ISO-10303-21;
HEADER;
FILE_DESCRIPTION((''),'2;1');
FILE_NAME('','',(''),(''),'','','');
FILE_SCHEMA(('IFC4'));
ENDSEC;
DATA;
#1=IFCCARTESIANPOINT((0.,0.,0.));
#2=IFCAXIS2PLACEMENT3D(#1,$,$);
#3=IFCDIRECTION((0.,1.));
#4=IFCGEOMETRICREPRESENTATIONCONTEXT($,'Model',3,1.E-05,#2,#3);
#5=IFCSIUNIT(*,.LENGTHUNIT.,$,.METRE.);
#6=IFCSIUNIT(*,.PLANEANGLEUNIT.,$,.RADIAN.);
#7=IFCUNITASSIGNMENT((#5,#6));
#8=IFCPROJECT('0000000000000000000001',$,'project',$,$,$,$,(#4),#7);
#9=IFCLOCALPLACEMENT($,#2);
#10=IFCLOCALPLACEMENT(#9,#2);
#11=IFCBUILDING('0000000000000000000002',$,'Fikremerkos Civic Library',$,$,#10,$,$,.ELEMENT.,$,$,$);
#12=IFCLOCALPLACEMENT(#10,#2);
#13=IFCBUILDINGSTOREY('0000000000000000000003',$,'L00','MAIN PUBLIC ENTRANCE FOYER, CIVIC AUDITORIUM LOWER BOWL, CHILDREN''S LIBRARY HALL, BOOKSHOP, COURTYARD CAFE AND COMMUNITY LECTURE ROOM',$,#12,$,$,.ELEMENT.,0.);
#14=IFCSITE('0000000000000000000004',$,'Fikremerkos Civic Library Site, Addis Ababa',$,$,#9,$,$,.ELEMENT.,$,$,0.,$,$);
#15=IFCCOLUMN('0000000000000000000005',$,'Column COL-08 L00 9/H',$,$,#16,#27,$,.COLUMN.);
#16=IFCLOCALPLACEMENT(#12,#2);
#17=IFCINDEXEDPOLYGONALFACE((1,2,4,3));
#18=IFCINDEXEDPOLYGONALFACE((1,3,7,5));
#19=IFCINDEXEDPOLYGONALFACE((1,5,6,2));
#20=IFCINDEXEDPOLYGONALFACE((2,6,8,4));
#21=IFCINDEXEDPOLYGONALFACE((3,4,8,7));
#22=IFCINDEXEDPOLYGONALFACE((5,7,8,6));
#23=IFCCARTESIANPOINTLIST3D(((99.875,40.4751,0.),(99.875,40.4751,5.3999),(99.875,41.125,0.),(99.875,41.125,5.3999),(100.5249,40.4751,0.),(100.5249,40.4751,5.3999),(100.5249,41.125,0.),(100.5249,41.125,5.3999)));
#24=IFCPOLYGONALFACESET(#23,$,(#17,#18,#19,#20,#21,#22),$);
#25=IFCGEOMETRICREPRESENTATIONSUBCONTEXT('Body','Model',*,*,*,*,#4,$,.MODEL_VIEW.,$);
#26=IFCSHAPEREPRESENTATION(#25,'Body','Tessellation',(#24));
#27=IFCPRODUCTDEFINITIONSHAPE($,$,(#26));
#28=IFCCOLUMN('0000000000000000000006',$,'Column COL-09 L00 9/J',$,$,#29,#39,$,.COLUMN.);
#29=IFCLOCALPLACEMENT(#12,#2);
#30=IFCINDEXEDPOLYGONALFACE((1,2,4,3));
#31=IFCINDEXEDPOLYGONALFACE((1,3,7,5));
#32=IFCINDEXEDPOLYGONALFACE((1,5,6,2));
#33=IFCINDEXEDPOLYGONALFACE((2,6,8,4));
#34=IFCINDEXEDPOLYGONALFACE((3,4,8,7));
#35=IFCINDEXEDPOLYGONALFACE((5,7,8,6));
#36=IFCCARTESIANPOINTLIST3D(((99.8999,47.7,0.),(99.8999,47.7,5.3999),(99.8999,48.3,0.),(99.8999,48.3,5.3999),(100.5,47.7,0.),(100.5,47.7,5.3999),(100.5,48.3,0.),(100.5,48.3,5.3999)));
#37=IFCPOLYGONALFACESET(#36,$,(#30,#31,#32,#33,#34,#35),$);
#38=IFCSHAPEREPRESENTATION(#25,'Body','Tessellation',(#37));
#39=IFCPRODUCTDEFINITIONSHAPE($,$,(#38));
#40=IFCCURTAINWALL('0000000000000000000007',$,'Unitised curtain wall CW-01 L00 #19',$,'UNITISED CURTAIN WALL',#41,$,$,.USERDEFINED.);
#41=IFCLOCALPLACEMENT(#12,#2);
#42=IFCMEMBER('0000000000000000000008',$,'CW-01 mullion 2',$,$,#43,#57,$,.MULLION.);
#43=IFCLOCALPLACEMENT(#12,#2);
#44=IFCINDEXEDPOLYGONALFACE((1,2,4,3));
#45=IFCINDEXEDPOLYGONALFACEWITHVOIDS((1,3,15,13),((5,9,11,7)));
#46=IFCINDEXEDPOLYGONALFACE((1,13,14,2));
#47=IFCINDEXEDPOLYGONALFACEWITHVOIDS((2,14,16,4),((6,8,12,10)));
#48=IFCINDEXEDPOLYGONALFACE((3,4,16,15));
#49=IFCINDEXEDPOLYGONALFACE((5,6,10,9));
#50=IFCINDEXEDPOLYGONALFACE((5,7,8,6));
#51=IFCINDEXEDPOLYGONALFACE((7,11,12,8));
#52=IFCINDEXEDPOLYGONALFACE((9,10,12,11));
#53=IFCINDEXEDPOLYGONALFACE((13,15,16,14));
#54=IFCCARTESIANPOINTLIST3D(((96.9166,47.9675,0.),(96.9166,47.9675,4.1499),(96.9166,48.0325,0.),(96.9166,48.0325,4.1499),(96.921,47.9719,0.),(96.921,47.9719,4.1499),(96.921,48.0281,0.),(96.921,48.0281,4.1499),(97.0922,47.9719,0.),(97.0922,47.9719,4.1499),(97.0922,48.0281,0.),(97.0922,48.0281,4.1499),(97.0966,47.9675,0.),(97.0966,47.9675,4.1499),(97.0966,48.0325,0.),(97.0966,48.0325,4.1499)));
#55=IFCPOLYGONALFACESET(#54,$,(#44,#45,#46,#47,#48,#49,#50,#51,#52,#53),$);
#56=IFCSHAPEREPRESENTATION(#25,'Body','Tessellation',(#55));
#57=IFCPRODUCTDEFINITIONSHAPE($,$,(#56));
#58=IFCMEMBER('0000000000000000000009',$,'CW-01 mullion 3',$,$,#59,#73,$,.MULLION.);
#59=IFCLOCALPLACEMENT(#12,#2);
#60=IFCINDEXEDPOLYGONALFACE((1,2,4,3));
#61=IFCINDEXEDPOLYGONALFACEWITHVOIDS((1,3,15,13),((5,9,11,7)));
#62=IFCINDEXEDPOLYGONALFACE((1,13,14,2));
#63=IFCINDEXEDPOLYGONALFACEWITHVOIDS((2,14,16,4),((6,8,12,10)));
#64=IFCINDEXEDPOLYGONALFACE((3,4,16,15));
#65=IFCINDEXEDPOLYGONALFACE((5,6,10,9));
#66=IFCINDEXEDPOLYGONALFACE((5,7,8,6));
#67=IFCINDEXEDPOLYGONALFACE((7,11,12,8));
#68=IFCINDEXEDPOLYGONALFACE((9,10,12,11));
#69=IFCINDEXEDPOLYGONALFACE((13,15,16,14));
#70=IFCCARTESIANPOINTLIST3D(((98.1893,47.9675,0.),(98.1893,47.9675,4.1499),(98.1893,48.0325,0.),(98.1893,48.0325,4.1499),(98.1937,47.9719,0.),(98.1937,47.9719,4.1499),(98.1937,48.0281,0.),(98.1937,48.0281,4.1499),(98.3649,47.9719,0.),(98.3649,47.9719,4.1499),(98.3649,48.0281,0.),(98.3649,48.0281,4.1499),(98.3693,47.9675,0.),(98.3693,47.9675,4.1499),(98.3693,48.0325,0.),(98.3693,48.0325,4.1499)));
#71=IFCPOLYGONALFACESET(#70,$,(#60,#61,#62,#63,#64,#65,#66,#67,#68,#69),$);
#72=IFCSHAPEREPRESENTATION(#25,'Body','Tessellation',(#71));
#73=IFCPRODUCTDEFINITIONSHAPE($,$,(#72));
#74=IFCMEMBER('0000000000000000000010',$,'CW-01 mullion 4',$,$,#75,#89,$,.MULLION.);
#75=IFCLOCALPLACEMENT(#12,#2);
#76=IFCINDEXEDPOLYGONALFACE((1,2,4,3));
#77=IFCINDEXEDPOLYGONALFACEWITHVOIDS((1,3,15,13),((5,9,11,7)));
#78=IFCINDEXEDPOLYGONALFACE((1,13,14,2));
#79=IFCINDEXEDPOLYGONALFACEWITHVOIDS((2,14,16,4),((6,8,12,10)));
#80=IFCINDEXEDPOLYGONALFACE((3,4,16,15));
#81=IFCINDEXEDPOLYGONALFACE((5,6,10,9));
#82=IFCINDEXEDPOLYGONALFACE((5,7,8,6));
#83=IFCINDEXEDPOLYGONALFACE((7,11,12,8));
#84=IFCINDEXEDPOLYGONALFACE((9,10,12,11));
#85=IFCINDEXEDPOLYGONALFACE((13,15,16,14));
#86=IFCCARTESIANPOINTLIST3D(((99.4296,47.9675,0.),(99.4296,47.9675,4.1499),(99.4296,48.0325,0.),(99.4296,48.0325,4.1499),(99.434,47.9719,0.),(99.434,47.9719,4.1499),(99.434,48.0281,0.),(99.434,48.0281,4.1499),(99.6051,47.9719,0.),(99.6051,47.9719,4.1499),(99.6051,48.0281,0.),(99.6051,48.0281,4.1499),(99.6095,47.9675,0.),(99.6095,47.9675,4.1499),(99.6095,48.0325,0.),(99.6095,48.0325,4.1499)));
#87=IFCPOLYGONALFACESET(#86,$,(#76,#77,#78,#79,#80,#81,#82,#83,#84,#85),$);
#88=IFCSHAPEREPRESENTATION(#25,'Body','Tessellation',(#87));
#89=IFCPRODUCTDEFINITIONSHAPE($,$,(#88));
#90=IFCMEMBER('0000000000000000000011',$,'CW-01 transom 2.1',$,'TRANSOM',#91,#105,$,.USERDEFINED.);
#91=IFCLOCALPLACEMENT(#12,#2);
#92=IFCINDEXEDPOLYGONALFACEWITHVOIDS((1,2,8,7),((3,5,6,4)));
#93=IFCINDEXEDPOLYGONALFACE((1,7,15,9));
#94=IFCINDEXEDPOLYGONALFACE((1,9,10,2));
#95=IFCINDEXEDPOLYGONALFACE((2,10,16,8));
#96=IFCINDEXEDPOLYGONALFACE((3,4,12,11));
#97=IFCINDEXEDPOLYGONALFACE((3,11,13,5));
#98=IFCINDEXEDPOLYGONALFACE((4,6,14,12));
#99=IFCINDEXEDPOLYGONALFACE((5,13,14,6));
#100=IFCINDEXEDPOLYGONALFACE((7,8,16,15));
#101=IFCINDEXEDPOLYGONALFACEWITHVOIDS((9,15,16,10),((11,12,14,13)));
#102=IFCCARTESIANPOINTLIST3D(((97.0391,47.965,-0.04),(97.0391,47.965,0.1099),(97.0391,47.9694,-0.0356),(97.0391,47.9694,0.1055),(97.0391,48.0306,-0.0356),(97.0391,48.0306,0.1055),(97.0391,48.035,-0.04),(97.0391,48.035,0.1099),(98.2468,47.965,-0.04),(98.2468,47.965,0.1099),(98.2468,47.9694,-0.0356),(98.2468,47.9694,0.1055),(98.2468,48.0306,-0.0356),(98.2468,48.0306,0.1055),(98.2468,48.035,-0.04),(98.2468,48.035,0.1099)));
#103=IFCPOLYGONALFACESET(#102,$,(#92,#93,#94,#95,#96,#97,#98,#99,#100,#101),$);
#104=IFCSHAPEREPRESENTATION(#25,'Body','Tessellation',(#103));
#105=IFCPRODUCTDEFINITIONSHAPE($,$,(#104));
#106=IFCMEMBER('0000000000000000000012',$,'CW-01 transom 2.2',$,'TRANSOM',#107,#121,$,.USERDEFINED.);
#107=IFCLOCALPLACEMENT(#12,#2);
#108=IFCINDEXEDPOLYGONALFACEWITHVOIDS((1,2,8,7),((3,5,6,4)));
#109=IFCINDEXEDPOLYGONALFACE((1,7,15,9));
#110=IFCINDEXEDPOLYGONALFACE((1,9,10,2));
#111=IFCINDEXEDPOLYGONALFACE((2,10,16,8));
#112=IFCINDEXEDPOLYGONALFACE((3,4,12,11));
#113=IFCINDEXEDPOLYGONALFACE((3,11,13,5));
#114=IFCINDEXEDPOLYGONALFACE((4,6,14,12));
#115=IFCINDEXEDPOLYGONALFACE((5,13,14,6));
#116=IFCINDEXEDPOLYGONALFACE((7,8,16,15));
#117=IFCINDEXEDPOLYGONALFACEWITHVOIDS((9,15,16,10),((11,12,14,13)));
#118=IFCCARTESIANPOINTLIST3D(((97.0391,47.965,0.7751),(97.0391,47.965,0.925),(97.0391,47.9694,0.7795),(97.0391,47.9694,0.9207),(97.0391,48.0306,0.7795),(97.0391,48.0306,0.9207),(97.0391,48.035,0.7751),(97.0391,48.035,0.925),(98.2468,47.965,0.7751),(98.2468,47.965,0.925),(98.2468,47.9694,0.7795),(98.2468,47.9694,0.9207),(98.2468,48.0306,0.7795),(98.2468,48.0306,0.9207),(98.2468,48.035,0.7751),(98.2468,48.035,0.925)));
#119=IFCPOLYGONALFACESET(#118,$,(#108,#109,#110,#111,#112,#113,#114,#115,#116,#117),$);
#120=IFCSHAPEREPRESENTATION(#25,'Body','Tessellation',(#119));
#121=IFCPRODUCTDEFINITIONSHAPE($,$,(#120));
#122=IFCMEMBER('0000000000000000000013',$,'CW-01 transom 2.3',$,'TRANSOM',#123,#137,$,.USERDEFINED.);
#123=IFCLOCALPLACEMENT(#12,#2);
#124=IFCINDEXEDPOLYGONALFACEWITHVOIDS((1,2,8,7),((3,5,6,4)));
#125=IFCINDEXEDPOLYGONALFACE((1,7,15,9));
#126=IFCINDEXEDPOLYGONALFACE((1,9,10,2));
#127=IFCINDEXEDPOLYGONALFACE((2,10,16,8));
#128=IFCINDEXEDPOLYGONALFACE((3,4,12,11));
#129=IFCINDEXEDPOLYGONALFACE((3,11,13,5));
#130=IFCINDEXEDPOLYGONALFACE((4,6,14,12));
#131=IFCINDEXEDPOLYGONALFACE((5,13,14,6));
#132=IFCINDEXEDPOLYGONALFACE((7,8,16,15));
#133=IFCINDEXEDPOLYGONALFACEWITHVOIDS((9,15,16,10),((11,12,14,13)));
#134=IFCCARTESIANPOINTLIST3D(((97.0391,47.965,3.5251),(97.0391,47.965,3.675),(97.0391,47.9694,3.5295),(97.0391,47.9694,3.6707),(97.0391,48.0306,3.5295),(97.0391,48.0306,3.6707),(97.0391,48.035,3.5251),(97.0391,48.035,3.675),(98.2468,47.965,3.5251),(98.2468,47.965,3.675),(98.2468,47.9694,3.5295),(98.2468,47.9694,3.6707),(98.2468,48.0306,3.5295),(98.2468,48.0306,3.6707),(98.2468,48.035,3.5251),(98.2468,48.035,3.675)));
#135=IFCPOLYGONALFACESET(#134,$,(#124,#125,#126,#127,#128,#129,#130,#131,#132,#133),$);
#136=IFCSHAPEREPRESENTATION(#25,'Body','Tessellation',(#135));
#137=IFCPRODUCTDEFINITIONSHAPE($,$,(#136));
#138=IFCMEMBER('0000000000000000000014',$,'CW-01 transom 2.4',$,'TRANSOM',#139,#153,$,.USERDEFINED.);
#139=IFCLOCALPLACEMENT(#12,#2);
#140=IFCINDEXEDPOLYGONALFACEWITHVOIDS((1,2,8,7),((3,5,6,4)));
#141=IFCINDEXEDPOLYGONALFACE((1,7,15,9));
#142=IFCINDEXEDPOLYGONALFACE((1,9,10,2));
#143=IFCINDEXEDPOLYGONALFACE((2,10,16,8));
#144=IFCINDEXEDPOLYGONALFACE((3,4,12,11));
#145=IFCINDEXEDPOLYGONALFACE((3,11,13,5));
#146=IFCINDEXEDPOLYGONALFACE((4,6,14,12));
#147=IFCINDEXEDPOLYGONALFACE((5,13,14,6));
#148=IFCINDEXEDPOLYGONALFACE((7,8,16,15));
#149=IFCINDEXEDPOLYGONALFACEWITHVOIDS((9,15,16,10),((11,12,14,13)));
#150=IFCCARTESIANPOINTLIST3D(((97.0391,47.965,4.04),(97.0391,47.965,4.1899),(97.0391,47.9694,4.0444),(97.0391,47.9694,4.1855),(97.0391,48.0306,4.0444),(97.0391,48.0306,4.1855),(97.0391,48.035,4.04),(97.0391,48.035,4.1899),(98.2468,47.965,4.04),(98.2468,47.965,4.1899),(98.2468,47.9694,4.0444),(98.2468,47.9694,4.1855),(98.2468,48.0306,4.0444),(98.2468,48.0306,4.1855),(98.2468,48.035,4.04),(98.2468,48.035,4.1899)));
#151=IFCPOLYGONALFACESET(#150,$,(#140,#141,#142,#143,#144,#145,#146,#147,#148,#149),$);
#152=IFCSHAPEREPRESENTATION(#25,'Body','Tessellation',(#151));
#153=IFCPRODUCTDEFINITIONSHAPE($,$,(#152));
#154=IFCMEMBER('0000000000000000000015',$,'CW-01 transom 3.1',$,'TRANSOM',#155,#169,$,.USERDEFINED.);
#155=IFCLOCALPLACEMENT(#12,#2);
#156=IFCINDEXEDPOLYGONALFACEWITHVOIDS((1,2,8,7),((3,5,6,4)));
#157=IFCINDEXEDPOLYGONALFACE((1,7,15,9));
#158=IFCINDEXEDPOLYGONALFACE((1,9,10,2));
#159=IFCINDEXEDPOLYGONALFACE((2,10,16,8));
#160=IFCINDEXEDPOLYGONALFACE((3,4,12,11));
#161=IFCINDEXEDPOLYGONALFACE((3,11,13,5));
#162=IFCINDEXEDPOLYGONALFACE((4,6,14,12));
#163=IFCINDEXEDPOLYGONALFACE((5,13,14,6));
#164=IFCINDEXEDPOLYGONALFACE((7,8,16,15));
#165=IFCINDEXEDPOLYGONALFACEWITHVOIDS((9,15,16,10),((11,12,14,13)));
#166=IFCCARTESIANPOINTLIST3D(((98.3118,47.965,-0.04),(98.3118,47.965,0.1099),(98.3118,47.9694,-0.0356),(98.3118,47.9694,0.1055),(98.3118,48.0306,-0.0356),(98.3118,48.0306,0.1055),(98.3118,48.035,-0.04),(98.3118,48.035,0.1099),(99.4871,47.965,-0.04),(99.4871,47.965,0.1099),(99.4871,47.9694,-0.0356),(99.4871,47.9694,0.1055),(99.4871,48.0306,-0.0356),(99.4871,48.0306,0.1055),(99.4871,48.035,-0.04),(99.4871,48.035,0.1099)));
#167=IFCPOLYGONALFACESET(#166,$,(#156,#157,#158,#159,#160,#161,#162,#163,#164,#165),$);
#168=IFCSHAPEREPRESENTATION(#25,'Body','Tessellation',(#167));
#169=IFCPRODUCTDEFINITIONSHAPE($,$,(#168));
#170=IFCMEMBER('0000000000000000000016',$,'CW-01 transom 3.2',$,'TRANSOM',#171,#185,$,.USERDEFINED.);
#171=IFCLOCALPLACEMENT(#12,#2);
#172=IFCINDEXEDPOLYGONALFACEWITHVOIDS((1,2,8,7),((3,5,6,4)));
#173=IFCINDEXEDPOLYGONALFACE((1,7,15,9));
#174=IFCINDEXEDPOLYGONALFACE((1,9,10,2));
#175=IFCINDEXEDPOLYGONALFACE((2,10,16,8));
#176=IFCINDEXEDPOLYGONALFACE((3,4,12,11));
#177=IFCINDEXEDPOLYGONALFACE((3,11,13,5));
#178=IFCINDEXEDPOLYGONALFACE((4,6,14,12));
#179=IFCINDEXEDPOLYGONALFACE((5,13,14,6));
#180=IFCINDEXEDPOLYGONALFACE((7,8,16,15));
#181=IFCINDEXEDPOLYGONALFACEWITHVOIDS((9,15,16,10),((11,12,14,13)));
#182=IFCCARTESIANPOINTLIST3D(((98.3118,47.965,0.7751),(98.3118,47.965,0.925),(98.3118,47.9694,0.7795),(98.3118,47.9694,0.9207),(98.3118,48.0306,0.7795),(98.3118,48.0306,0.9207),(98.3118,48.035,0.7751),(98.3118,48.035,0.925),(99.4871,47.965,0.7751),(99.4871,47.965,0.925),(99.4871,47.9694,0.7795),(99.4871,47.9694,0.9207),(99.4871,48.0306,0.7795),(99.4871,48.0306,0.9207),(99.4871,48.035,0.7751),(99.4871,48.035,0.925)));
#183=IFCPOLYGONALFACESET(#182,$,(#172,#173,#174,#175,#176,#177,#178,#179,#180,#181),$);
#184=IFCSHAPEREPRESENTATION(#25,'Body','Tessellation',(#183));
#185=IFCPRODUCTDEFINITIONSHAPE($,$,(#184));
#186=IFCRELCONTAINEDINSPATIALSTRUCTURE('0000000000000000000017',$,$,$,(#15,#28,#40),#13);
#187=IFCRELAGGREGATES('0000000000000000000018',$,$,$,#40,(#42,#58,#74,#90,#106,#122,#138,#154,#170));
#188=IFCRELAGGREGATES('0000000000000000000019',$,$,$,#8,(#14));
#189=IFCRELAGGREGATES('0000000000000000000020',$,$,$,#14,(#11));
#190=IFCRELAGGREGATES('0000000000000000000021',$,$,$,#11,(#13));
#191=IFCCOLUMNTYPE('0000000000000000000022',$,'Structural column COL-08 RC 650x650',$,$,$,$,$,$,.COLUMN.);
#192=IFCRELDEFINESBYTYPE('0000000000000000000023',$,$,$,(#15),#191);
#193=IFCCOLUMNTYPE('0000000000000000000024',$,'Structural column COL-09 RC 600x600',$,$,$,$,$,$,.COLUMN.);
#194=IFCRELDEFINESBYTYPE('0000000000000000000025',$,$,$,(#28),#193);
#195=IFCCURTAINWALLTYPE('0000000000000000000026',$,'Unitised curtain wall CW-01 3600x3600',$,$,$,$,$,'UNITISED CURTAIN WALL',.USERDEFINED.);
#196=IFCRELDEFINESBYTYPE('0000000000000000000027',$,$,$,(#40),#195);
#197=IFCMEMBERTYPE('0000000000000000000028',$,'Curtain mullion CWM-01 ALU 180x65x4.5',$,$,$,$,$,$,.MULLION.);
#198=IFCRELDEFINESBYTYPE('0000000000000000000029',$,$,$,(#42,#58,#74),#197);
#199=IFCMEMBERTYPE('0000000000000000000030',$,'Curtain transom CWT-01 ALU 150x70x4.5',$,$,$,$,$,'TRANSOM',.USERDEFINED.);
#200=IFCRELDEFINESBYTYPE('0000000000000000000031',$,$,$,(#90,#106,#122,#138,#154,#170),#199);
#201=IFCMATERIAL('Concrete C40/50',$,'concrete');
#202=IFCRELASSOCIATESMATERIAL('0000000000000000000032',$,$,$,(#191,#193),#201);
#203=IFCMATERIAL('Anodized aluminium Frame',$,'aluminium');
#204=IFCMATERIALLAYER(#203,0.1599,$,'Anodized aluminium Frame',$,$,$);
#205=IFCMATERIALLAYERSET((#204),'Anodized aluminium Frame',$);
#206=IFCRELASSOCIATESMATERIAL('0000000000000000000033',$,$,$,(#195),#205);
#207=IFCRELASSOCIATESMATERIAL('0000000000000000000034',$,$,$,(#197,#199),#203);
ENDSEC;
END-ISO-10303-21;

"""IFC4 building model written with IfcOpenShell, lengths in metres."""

from ifc_helpers import new_model, si_unit, direction, frame, origin, origin_2d, place, context, subcontext, project, spatial, rectangle, hollow_rectangle, extrude, material, layer, layer_set, material_profile, profile_set, type_object, element, aggregate, save


model = new_model("IFC4")

# Units and contexts
model_context = context("Model", 3, precision=1e-05, world=origin(), true_north=direction((0.0, 1.0)))
body_context = subcontext(model_context, "Body", "Model", "MODEL_VIEW")
ifc_project = project(units=[si_unit("LENGTHUNIT", "METRE"), si_unit("PLANEANGLEUNIT", "RADIAN")], contexts=[model_context])

# Site, building, storey
site_placement = place(None, origin())
site = spatial("IfcSite", under=ifc_project, at=site_placement, Name="Fikremerkos Civic Library Site, Addis Ababa", CompositionType="ELEMENT", RefElevation=0.0)
building_placement = place(site_placement, origin())
building = spatial("IfcBuilding", under=site, at=building_placement, Name="Fikremerkos Civic Library", CompositionType="ELEMENT")
storey_placement = place(building_placement, origin())
storey = spatial("IfcBuildingStorey", under=building, at=storey_placement, Name="L00", Description="MAIN PUBLIC ENTRANCE FOYER, CIVIC AUDITORIUM LOWER BOWL, CHILDREN'S LIBRARY HALL, BOOKSHOP, COURTYARD CAFE AND COMMUNITY LECTURE ROOM", CompositionType="ELEMENT", Elevation=0.0)

# Columns
ifc_material_1 = material(Name="Concrete C40/50", Category="concrete")
ifc_material_profile_1 = material_profile(ifc_material_1, rectangle(XDim=0.6499, YDim=0.6499, at=origin_2d()), Name="RC 650x650")
ifc_profile_set_1 = profile_set([ifc_material_profile_1], Name="Concrete C40/50")
column_type_1 = type_object("IfcColumnType", Name="Structural column COL-08 RC 650x650", PredefinedType="COLUMN", material=ifc_profile_set_1)
column_1_placement = place(storey_placement, frame((100.2, 40.8, 0.0), z_axis=(0.0, 0.0, 1.0), x_axis=(1.0, 0.0, 0.0)))
element("IfcColumn", 1, at=column_1_placement, inside=storey, type_object=column_type_1, Name="Column COL-08 L00 9/H", PredefinedType="COLUMN", context=body_context, shape_type="SweptSolid", body=[
    extrude(rectangle(XDim=0.6499, YDim=0.6499, at=origin_2d()), origin(), (0.0, 0.0, 1.0), 5.3999),
])
ifc_material_profile_2 = material_profile(ifc_material_1, rectangle(XDim=0.6001, YDim=0.6001, at=origin_2d()), Name="RC 600x600")
ifc_profile_set_2 = profile_set([ifc_material_profile_2], Name="Concrete C40/50")
column_type_2 = type_object("IfcColumnType", Name="Structural column COL-09 RC 600x600", PredefinedType="COLUMN", material=ifc_profile_set_2)
column_2_placement = place(storey_placement, frame((100.2, 48.0, 0.0), z_axis=(0.0, 0.0, 1.0), x_axis=(1.0, 0.0, 0.0)))
element("IfcColumn", 2, at=column_2_placement, inside=storey, type_object=column_type_2, Name="Column COL-09 L00 9/J", PredefinedType="COLUMN", context=body_context, shape_type="SweptSolid", body=[
    extrude(rectangle(XDim=0.6001, YDim=0.6001, at=origin_2d()), origin(), (0.0, 0.0, 1.0), 5.3999),
])

# Curtain wall, members
ifc_material_2 = material(Name="Anodized aluminium Frame", Category="aluminium")
ifc_layer_1 = layer(ifc_material_2, 0.1599, Name="Anodized aluminium Frame")
ifc_layer_set_1 = layer_set([ifc_layer_1], Name="Anodized aluminium Frame")
curtain_wall_type = type_object("IfcCurtainWallType", Name="Unitised curtain wall CW-01 3600x3600", ElementType="UNITISED CURTAIN WALL", PredefinedType="USERDEFINED", material=ifc_layer_set_1)
curtain_wall_placement = place(storey_placement, origin())
curtain_wall = element("IfcCurtainWall", 3, at=curtain_wall_placement, inside=storey, type_object=curtain_wall_type, Name="Unitised curtain wall CW-01 L00 #19", ObjectType="UNITISED CURTAIN WALL", PredefinedType="USERDEFINED")
ifc_material_profile_3 = material_profile(ifc_material_2, hollow_rectangle(XDim=0.0649, YDim=0.1799, WallThickness=0.0044, at=origin_2d()), Name="ALU 180x65x4.5")
ifc_profile_set_3 = profile_set([ifc_material_profile_3], Name="Anodized aluminium Frame")
member_type_1 = type_object("IfcMemberType", Name="Curtain mullion CWM-01 ALU 180x65x4.5", PredefinedType="MULLION", material=ifc_profile_set_3)
member_1_placement = place(storey_placement, frame((97.0066, 48.0, 0.0), z_axis=(0.0, 0.0, 1.0), x_axis=(0.0, 1.0, 0.0)))
member_1 = element("IfcMember", 4, at=member_1_placement, type_object=member_type_1, Name="CW-01 mullion 2", PredefinedType="MULLION", context=body_context, shape_type="SweptSolid", body=[
    extrude(hollow_rectangle(XDim=0.0649, YDim=0.1799, WallThickness=0.0044, at=origin_2d()), origin(), (0.0, 0.0, 1.0), 4.1499),
])
member_2_placement = place(storey_placement, frame((98.2793, 48.0, 0.0), z_axis=(0.0, 0.0, 1.0), x_axis=(0.0, 1.0, 0.0)))
member_2 = element("IfcMember", 5, at=member_2_placement, type_object=member_type_1, Name="CW-01 mullion 3", PredefinedType="MULLION", context=body_context, shape_type="SweptSolid", body=[
    extrude(hollow_rectangle(XDim=0.0649, YDim=0.1799, WallThickness=0.0044, at=origin_2d()), origin(), (0.0, 0.0, 1.0), 4.1499),
])
member_3_placement = place(storey_placement, frame((99.5195, 48.0, 0.0), z_axis=(0.0, 0.0, 1.0), x_axis=(0.0, 1.0, 0.0)))
member_3 = element("IfcMember", 6, at=member_3_placement, type_object=member_type_1, Name="CW-01 mullion 4", PredefinedType="MULLION", context=body_context, shape_type="SweptSolid", body=[
    extrude(hollow_rectangle(XDim=0.0649, YDim=0.1799, WallThickness=0.0044, at=origin_2d()), origin(), (0.0, 0.0, 1.0), 4.1499),
])
ifc_material_profile_4 = material_profile(ifc_material_2, hollow_rectangle(XDim=0.0701, YDim=0.1499, WallThickness=0.0044, at=origin_2d()), Name="ALU 150x70x4.5")
ifc_profile_set_4 = profile_set([ifc_material_profile_4], Name="Anodized aluminium Frame")
member_type_2 = type_object("IfcMemberType", Name="Curtain transom CWT-01 ALU 150x70x4.5", ElementType="TRANSOM", PredefinedType="USERDEFINED", material=ifc_profile_set_4)
member_4_placement = place(storey_placement, frame((97.0391, 48.0, 0.0349), z_axis=(1.0, 0.0, 0.0), x_axis=(0.0, 1.0, 0.0)))
member_4 = element("IfcMember", 7, at=member_4_placement, type_object=member_type_2, Name="CW-01 transom 2.1", ObjectType="TRANSOM", PredefinedType="USERDEFINED", context=body_context, shape_type="SweptSolid", body=[
    extrude(hollow_rectangle(XDim=0.0701, YDim=0.1499, WallThickness=0.0044, at=origin_2d()), origin(), (0.0, 0.0, 1.0), 1.2078),
])
member_5_placement = place(storey_placement, frame((97.0391, 48.0, 0.8501), z_axis=(1.0, 0.0, 0.0), x_axis=(0.0, 1.0, 0.0)))
member_5 = element("IfcMember", 8, at=member_5_placement, type_object=member_type_2, Name="CW-01 transom 2.2", ObjectType="TRANSOM", PredefinedType="USERDEFINED", context=body_context, shape_type="SweptSolid", body=[
    extrude(hollow_rectangle(XDim=0.0701, YDim=0.1499, WallThickness=0.0044, at=origin_2d()), origin(), (0.0, 0.0, 1.0), 1.2078),
])
member_6_placement = place(storey_placement, frame((97.0391, 48.0, 3.6001), z_axis=(1.0, 0.0, 0.0), x_axis=(0.0, 1.0, 0.0)))
member_6 = element("IfcMember", 9, at=member_6_placement, type_object=member_type_2, Name="CW-01 transom 2.3", ObjectType="TRANSOM", PredefinedType="USERDEFINED", context=body_context, shape_type="SweptSolid", body=[
    extrude(hollow_rectangle(XDim=0.0701, YDim=0.1499, WallThickness=0.0044, at=origin_2d()), origin(), (0.0, 0.0, 1.0), 1.2078),
])
member_7_placement = place(storey_placement, frame((97.0391, 48.0, 4.115), z_axis=(1.0, 0.0, 0.0), x_axis=(0.0, 1.0, 0.0)))
member_7 = element("IfcMember", 10, at=member_7_placement, type_object=member_type_2, Name="CW-01 transom 2.4", ObjectType="TRANSOM", PredefinedType="USERDEFINED", context=body_context, shape_type="SweptSolid", body=[
    extrude(hollow_rectangle(XDim=0.0701, YDim=0.1499, WallThickness=0.0044, at=origin_2d()), origin(), (0.0, 0.0, 1.0), 1.2078),
])
member_8_placement = place(storey_placement, frame((98.3118, 48.0, 0.0349), z_axis=(1.0, 0.0, 0.0), x_axis=(0.0, 1.0, 0.0)))
member_8 = element("IfcMember", 11, at=member_8_placement, type_object=member_type_2, Name="CW-01 transom 3.1", ObjectType="TRANSOM", PredefinedType="USERDEFINED", context=body_context, shape_type="SweptSolid", body=[
    extrude(hollow_rectangle(XDim=0.0701, YDim=0.1499, WallThickness=0.0044, at=origin_2d()), origin(), (0.0, 0.0, 1.0), 1.1753),
])
member_9_placement = place(storey_placement, frame((98.3118, 48.0, 0.8501), z_axis=(1.0, 0.0, 0.0), x_axis=(0.0, 1.0, 0.0)))
member_9 = element("IfcMember", 12, at=member_9_placement, type_object=member_type_2, Name="CW-01 transom 3.2", ObjectType="TRANSOM", PredefinedType="USERDEFINED", context=body_context, shape_type="SweptSolid", body=[
    extrude(hollow_rectangle(XDim=0.0701, YDim=0.1499, WallThickness=0.0044, at=origin_2d()), origin(), (0.0, 0.0, 1.0), 1.1753),
])

aggregate(curtain_wall, [member_1, member_2, member_3, member_4, member_5, member_6, member_7, member_8, member_9])

save(model, "model.ifc")
